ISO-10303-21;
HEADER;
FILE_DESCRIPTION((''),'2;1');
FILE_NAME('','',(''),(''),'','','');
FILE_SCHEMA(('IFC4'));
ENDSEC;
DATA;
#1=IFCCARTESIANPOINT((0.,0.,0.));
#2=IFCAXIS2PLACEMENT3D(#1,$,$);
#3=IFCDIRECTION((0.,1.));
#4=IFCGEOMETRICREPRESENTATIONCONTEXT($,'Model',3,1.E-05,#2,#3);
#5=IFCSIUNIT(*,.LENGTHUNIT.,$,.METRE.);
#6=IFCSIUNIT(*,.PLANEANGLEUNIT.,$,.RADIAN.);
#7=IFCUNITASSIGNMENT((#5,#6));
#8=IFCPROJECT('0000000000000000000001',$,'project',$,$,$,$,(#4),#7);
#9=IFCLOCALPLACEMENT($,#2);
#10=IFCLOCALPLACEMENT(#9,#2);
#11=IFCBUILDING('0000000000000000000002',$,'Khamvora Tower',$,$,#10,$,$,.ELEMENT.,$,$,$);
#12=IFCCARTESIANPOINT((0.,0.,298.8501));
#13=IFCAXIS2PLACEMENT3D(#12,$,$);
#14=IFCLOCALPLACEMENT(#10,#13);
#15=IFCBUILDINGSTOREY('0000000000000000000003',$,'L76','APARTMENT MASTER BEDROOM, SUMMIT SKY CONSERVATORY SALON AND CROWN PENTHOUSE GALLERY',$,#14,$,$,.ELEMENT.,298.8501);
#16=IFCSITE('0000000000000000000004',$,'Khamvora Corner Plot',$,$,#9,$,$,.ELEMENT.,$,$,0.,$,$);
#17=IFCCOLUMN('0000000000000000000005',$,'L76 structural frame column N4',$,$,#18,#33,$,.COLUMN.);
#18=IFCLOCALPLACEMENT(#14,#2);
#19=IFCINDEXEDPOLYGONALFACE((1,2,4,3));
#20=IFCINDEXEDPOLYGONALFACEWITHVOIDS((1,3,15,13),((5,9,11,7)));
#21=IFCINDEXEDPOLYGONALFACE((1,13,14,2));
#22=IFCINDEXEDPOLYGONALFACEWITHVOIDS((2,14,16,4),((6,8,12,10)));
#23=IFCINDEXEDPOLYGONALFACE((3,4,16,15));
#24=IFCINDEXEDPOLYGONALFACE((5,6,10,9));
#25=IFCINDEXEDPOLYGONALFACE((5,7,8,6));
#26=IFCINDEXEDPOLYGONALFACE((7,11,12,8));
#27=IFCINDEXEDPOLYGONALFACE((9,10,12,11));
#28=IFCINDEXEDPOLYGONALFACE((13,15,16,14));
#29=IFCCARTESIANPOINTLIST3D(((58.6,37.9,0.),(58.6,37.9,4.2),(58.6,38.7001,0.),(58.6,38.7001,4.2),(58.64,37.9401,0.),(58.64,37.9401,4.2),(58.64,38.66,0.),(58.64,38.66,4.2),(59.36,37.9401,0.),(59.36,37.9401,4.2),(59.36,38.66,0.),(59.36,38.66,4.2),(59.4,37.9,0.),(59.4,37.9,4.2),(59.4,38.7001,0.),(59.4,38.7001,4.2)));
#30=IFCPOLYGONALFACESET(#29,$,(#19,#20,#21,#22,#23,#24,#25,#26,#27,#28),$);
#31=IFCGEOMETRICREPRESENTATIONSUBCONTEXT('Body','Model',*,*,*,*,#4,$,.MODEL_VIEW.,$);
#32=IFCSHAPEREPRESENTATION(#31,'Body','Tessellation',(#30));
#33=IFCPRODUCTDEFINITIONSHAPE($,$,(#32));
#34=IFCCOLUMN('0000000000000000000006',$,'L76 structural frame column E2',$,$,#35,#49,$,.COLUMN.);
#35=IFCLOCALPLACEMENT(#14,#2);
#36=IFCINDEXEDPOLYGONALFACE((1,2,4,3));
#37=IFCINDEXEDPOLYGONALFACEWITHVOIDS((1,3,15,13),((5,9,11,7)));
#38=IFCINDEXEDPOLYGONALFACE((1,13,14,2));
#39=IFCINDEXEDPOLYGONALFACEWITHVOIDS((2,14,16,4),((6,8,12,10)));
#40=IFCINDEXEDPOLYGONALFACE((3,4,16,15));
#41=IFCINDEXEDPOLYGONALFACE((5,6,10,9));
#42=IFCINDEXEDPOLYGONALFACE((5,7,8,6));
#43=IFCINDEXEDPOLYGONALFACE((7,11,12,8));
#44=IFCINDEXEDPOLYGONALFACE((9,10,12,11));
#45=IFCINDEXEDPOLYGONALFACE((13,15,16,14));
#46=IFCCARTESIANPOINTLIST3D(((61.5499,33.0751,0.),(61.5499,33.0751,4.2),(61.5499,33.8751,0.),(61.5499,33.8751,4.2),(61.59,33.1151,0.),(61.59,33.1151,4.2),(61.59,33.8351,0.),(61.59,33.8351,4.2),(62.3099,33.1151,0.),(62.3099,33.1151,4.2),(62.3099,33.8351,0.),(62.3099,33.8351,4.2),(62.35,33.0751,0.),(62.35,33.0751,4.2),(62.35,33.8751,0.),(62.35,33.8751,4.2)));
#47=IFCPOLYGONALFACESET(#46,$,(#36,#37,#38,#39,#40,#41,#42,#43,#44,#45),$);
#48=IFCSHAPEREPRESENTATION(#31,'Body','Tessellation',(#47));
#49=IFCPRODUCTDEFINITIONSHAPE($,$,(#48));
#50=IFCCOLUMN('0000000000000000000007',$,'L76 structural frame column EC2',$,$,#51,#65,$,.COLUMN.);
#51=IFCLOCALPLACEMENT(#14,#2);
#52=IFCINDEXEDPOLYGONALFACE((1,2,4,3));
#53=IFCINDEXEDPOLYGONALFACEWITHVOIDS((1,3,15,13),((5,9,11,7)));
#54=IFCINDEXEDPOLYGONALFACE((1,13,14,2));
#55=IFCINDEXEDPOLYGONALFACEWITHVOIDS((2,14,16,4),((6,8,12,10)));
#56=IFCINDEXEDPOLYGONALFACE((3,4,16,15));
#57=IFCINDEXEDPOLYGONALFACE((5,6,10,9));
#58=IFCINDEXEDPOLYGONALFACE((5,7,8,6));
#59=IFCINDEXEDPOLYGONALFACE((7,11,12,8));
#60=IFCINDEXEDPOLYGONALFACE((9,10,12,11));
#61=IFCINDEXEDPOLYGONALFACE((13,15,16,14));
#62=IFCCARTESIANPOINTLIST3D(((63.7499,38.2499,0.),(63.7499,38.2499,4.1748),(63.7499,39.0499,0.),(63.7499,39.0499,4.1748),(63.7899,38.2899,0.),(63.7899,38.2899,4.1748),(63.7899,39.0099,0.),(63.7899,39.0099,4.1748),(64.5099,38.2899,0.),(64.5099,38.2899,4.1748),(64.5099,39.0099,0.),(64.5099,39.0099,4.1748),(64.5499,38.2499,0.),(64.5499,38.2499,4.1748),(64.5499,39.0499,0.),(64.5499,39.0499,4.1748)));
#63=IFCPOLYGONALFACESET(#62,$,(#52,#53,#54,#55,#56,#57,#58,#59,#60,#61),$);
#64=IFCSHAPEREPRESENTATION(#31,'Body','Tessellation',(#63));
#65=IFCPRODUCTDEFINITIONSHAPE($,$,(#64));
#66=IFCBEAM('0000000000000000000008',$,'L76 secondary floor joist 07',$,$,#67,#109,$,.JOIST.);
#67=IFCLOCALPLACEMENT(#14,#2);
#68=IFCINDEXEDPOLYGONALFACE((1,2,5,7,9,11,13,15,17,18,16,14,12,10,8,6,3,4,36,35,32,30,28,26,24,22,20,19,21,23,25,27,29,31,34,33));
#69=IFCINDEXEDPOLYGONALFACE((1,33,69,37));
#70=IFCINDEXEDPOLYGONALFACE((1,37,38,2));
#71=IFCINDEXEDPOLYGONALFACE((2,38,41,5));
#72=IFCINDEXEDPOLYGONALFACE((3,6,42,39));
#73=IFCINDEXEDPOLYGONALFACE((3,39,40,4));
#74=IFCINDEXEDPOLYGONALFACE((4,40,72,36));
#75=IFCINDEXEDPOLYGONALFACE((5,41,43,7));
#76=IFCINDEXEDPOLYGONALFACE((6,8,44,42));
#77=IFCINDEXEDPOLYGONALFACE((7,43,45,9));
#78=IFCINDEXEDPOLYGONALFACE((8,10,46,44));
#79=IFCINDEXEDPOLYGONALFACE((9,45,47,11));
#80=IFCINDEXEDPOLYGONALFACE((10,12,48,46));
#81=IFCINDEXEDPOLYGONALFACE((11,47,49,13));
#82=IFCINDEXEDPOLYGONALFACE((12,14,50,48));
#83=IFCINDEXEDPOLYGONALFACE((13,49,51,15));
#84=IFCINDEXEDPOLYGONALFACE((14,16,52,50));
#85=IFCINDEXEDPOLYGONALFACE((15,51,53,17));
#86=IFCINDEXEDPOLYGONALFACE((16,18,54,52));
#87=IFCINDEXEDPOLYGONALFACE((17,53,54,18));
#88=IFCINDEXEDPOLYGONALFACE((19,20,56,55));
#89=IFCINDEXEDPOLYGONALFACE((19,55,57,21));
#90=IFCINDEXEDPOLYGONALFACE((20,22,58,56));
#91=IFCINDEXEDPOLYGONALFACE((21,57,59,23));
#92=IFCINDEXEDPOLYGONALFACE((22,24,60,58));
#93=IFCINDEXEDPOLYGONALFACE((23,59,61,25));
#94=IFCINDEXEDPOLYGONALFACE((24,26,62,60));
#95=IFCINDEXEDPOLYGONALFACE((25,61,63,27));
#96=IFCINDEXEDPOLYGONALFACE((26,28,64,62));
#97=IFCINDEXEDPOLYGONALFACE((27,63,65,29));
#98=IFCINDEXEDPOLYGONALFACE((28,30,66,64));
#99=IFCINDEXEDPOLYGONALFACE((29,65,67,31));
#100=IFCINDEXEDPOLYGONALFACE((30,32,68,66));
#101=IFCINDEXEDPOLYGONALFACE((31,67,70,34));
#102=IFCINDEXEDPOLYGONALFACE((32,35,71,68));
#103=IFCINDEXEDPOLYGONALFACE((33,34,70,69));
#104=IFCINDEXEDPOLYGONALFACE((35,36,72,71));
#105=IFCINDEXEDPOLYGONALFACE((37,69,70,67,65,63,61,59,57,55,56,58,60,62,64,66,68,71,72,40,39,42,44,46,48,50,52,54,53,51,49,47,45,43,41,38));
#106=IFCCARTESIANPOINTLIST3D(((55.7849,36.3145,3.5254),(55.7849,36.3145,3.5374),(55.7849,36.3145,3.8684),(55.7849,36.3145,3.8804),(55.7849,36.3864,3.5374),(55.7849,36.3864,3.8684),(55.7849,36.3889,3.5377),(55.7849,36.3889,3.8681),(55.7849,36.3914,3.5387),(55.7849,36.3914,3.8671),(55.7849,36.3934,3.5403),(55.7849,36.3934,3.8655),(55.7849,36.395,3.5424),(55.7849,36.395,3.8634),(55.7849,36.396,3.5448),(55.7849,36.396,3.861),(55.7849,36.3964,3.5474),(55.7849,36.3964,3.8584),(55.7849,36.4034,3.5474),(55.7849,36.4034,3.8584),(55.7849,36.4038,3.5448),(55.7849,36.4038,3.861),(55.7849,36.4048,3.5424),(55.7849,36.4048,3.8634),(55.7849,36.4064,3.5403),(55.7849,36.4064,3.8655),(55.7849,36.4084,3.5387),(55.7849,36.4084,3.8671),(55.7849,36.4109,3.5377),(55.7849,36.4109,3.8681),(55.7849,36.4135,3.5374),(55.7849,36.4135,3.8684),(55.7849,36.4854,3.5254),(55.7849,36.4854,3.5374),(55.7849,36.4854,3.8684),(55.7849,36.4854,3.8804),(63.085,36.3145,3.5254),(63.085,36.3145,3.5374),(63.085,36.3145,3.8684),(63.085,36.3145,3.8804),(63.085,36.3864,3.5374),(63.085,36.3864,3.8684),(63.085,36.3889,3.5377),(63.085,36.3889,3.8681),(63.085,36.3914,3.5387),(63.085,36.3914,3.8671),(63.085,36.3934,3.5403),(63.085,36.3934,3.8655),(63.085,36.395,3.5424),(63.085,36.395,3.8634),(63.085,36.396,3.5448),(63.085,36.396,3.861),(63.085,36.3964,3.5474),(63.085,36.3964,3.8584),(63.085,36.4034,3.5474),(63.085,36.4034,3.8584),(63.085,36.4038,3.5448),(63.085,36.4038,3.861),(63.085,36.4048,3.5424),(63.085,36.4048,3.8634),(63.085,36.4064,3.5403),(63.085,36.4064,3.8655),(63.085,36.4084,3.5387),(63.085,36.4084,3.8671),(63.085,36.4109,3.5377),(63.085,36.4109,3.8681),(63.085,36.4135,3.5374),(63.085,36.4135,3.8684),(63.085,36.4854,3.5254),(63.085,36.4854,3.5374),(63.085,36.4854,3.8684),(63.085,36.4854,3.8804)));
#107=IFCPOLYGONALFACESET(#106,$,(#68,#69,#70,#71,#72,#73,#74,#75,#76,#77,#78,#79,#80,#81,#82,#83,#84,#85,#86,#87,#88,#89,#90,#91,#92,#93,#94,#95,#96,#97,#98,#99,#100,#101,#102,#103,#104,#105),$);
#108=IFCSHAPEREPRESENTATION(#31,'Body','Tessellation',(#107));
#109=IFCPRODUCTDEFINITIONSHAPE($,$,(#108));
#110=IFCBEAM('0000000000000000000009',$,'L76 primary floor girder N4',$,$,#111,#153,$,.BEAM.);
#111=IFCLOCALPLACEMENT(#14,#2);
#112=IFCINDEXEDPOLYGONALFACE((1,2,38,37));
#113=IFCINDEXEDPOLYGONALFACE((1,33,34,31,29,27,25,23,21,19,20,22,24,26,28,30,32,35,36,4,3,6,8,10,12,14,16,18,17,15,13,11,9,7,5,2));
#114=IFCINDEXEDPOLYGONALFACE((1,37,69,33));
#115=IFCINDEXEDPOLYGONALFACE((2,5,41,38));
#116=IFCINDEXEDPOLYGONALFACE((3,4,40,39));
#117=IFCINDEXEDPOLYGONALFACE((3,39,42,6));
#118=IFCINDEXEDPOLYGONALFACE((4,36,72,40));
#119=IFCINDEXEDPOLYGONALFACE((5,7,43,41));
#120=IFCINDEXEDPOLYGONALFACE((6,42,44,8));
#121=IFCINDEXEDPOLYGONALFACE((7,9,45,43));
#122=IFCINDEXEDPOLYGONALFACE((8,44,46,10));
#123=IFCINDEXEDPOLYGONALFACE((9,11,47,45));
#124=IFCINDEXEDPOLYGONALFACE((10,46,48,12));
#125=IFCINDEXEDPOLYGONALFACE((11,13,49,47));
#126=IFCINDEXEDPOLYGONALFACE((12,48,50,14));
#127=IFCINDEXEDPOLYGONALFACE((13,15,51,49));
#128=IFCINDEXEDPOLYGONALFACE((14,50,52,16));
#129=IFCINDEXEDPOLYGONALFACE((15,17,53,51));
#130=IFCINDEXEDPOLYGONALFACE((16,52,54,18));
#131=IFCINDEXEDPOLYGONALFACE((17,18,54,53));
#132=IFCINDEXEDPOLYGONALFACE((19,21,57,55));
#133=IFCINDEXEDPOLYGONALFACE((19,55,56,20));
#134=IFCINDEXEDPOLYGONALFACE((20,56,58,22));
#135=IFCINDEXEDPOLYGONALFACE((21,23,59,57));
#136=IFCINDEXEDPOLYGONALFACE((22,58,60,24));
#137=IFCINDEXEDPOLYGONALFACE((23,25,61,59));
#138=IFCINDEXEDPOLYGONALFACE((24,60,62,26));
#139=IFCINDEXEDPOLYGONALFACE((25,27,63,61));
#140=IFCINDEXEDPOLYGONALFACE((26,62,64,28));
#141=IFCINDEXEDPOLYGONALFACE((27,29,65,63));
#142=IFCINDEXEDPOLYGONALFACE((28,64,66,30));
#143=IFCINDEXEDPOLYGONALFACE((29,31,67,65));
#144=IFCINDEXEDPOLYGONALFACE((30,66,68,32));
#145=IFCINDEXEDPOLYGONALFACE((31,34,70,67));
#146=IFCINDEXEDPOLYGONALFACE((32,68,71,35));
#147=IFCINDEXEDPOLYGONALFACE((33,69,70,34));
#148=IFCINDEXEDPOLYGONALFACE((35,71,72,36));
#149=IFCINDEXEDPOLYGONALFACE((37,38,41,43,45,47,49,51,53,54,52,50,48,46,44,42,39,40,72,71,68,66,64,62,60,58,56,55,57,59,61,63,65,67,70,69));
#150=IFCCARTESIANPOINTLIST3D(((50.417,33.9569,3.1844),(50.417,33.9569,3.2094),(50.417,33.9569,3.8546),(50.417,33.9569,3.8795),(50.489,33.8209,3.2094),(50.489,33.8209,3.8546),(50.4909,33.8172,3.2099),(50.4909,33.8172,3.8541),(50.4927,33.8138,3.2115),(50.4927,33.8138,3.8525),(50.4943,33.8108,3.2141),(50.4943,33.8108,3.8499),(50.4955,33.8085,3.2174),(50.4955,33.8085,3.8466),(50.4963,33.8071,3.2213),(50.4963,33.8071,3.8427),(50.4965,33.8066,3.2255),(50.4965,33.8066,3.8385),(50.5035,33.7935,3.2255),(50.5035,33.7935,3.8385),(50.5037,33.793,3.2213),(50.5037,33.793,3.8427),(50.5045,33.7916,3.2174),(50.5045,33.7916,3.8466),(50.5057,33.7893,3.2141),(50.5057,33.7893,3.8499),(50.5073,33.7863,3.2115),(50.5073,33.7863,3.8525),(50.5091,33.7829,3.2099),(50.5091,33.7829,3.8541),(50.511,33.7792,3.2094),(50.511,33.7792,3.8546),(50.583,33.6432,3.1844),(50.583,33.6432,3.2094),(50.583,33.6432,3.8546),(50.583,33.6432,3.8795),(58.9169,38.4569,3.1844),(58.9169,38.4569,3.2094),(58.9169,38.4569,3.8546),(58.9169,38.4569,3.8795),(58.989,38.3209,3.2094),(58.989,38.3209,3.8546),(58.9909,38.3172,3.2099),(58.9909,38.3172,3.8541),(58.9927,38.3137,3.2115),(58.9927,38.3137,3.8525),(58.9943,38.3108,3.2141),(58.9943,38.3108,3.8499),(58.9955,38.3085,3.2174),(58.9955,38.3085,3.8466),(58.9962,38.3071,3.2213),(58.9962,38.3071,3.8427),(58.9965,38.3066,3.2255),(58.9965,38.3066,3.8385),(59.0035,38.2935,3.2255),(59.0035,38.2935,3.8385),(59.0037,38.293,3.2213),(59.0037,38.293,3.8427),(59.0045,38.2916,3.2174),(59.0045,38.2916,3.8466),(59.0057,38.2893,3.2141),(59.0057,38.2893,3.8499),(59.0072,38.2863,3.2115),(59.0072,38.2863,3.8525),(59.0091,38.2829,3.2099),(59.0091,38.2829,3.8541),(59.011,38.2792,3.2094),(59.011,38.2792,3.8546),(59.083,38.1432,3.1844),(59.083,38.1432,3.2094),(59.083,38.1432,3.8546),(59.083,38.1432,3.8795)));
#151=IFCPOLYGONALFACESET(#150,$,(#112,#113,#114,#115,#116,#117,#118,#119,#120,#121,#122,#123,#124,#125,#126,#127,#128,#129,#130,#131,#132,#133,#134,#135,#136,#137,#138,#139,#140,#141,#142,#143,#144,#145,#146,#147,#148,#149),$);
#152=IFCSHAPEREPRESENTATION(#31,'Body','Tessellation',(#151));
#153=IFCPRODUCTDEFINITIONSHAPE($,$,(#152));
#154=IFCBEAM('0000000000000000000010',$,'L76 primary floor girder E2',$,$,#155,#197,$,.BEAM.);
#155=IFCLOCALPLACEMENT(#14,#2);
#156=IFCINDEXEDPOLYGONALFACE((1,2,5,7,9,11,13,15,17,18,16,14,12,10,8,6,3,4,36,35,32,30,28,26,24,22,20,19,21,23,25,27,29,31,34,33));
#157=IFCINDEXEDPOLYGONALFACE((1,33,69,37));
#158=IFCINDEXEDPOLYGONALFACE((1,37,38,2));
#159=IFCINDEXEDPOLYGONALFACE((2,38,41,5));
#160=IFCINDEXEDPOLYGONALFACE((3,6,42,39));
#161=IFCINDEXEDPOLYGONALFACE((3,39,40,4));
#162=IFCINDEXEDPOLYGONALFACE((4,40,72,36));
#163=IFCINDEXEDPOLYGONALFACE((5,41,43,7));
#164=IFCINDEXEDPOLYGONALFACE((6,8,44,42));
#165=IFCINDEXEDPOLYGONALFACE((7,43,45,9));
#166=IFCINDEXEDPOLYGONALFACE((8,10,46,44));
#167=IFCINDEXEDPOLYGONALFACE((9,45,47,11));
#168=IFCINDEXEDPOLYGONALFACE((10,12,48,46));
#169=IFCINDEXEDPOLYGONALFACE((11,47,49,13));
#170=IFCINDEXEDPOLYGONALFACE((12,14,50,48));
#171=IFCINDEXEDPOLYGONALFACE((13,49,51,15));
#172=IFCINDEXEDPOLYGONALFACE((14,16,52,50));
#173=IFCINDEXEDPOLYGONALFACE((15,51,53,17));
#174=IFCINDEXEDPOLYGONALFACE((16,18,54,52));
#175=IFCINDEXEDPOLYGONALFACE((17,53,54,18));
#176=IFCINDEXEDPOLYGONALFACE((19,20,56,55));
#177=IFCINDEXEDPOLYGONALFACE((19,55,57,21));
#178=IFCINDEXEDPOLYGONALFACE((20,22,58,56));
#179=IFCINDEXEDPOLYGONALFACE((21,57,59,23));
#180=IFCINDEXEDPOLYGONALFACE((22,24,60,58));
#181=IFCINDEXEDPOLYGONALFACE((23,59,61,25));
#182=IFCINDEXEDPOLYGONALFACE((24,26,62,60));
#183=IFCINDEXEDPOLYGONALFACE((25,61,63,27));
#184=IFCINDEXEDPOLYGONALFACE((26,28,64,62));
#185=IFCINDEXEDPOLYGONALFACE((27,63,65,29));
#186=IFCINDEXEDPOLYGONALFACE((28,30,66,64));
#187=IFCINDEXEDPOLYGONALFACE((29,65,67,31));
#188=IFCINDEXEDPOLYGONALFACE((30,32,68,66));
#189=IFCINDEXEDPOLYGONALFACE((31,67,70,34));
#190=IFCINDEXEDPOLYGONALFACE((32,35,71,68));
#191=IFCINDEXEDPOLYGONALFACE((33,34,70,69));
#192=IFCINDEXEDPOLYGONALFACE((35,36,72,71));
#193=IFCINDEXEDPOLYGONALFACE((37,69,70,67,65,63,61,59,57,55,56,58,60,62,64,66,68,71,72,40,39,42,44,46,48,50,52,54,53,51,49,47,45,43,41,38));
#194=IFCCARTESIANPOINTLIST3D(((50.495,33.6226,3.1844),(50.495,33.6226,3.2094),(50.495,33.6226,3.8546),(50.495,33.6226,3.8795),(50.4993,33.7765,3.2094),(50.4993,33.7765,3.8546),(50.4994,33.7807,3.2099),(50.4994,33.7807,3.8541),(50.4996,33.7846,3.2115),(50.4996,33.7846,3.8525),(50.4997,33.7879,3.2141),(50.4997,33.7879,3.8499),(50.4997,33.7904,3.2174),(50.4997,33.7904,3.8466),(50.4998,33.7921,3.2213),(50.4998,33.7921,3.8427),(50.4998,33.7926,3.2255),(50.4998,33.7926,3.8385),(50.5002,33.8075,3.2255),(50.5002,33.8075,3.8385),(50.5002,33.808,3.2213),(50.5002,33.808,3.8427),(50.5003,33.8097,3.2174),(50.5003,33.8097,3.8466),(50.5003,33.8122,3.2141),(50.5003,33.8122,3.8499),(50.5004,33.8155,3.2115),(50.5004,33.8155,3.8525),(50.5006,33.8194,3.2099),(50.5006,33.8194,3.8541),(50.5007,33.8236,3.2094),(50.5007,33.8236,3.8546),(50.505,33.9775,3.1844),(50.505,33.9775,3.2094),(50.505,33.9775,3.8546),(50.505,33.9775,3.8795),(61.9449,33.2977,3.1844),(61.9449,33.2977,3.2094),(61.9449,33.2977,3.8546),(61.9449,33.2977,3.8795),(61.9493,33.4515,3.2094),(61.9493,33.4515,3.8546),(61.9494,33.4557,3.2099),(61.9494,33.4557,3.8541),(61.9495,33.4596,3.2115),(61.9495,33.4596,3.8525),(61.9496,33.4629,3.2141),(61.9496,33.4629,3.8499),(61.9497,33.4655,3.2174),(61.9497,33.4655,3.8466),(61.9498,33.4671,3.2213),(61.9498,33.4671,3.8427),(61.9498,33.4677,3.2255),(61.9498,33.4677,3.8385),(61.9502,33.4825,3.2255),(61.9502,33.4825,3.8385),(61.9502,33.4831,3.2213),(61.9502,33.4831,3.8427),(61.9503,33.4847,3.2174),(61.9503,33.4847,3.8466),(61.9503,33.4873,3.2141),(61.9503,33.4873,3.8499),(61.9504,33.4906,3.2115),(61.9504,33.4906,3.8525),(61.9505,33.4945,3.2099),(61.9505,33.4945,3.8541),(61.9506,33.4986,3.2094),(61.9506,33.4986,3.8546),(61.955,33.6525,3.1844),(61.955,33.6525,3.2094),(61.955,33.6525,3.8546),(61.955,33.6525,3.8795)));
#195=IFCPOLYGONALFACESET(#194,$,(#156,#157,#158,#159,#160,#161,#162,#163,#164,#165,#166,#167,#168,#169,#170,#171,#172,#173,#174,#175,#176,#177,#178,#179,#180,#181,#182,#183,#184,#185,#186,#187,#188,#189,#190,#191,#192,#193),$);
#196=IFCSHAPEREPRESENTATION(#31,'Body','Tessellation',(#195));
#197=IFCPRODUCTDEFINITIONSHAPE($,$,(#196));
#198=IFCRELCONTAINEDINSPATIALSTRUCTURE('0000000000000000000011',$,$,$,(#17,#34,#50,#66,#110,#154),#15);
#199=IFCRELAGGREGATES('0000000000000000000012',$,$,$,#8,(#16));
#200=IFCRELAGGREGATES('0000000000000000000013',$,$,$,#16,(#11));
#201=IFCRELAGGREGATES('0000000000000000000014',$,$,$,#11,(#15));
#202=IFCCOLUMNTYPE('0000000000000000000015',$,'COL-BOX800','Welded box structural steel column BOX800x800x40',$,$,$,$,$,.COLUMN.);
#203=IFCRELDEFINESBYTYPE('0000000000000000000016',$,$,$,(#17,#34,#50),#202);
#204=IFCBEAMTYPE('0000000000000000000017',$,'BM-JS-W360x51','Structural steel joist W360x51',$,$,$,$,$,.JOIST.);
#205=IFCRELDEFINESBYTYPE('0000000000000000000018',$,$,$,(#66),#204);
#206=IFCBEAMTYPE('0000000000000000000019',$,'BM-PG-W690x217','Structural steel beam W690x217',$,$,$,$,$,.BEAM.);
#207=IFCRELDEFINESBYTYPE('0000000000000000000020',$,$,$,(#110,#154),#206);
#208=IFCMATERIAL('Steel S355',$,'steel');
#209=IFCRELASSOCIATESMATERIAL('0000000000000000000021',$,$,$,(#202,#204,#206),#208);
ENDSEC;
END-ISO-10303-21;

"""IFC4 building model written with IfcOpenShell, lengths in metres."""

from ifc_helpers import new_model, si_unit, direction, frame, origin, origin_2d, place, context, subcontext, project, spatial, hollow_rectangle, i_section, extrude, material, material_profile, profile_set, type_object, element, save


model = new_model("IFC4")

# Units and contexts
model_context = context("Model", 3, precision=1e-05, world=origin(), true_north=direction((0.0, 1.0)))
body_context = subcontext(model_context, "Body", "Model", "MODEL_VIEW")
ifc_project = project(units=[si_unit("LENGTHUNIT", "METRE"), si_unit("PLANEANGLEUNIT", "RADIAN")], contexts=[model_context])

# Site, building, storey
site_placement = place(None, origin())
site = spatial("IfcSite", under=ifc_project, at=site_placement, Name="Khamvora Corner Plot", CompositionType="ELEMENT", RefElevation=0.0)
building_placement = place(site_placement, origin())
building = spatial("IfcBuilding", under=site, at=building_placement, Name="Khamvora Tower", CompositionType="ELEMENT")
storey_placement = place(building_placement, frame((0.0, 0.0, 298.8501)))
storey = spatial("IfcBuildingStorey", under=building, at=storey_placement, Name="L76", Description="APARTMENT MASTER BEDROOM, SUMMIT SKY CONSERVATORY SALON AND CROWN PENTHOUSE GALLERY", CompositionType="ELEMENT", Elevation=298.8501)

# Columns
ifc_material_1 = material(Name="Steel S355", Category="steel")
ifc_material_profile_1 = material_profile(ifc_material_1, hollow_rectangle(XDim=0.8, YDim=0.8, WallThickness=0.04, at=origin_2d()), Name="BOX800x800x40")
ifc_profile_set_1 = profile_set([ifc_material_profile_1], Name="Steel S355")
column_type = type_object("IfcColumnType", Name="COL-BOX800", Description="Welded box structural steel column BOX800x800x40", PredefinedType="COLUMN", material=ifc_profile_set_1)
for number, where, z_axis, x_axis, name in (
    (1, (59.0, 38.3, 0.0), (0.0, 0.0, 1.0), (1.0, 0.0, 0.0), "L76 structural frame column N4"),
    (2, (61.95, 33.4751, 0.0), (0.0, 0.0, 1.0), (1.0, 0.0, 0.0), "L76 structural frame column E2"),
):
    element("IfcColumn", number, at=place(storey_placement, frame(where, z_axis=z_axis, x_axis=x_axis)), inside=storey, type_object=column_type, Name=name, PredefinedType="COLUMN", context=body_context, shape_type="SweptSolid", body=[
        extrude(hollow_rectangle(XDim=0.8, YDim=0.8, WallThickness=0.04, at=origin_2d()), origin(), (0.0, 0.0, 1.0), 4.2),
    ])
column_placement = place(storey_placement, frame((64.1499, 38.6499, 0.0), z_axis=(0.0, 0.0, 1.0), x_axis=(1.0, 0.0, 0.0)))
element("IfcColumn", 3, at=column_placement, inside=storey, type_object=column_type, Name="L76 structural frame column EC2", PredefinedType="COLUMN", context=body_context, shape_type="SweptSolid", body=[
    extrude(hollow_rectangle(XDim=0.8, YDim=0.8, WallThickness=0.04, at=origin_2d()), origin(), (0.0, 0.0, 1.0), 4.1748),
])

# Beams
ifc_material_profile_2 = material_profile(ifc_material_1, i_section(OverallWidth=0.1709, OverallDepth=0.355, WebThickness=0.0071, FlangeThickness=0.012, FilletRadius=0.01, at=origin_2d()), Name="W360x51")
ifc_profile_set_2 = profile_set([ifc_material_profile_2], Name="Steel S355")
beam_type_1 = type_object("IfcBeamType", Name="BM-JS-W360x51", Description="Structural steel joist W360x51", PredefinedType="JOIST", material=ifc_profile_set_2)
beam_1_placement = place(storey_placement, frame((55.7849, 36.3999, 3.7029), z_axis=(1.0, 0.0, 0.0), x_axis=(0.0, 1.0, 0.0)))
element("IfcBeam", 4, at=beam_1_placement, inside=storey, type_object=beam_type_1, Name="L76 secondary floor joist 07", PredefinedType="JOIST", context=body_context, shape_type="SweptSolid", body=[
    extrude(i_section(OverallWidth=0.1709, OverallDepth=0.355, WebThickness=0.0071, FlangeThickness=0.012, FilletRadius=0.01, at=origin_2d()), origin(), (0.0, 0.0, 1.0), 7.3),
])
ifc_material_profile_3 = material_profile(ifc_material_1, i_section(OverallWidth=0.355, OverallDepth=0.6951, WebThickness=0.0149, FlangeThickness=0.0249, FilletRadius=0.0161, at=origin_2d()), Name="W690x217")
ifc_profile_set_3 = profile_set([ifc_material_profile_3], Name="Steel S355")
beam_type_2 = type_object("IfcBeamType", Name="BM-PG-W690x217", Description="Structural steel beam W690x217", PredefinedType="BEAM", material=ifc_profile_set_3)
beam_2_placement = place(storey_placement, frame((50.5, 33.8, 3.532), z_axis=(0.883788, 0.467888, 0.0), x_axis=(-0.467888, 0.883788, 0.0)))
element("IfcBeam", 5, at=beam_2_placement, inside=storey, type_object=beam_type_2, Name="L76 primary floor girder N4", PredefinedType="BEAM", context=body_context, shape_type="SweptSolid", body=[
    extrude(i_section(OverallWidth=0.355, OverallDepth=0.6951, WebThickness=0.0149, FlangeThickness=0.0249, FilletRadius=0.0161, at=origin_2d()), origin(), (0.0, 0.0, 1.0), 9.6177),
])
beam_3_placement = place(storey_placement, frame((50.5, 33.8, 3.532), z_axis=(0.999598, -0.028369, 0.0), x_axis=(0.028369, 0.999598, 0.0)))
element("IfcBeam", 6, at=beam_3_placement, inside=storey, type_object=beam_type_2, Name="L76 primary floor girder E2", PredefinedType="BEAM", context=body_context, shape_type="SweptSolid", body=[
    extrude(i_section(OverallWidth=0.355, OverallDepth=0.6951, WebThickness=0.0149, FlangeThickness=0.0249, FilletRadius=0.0161, at=origin_2d()), origin(), (0.0, 0.0, 1.0), 11.4546),
])

save(model, "model.ifc")
